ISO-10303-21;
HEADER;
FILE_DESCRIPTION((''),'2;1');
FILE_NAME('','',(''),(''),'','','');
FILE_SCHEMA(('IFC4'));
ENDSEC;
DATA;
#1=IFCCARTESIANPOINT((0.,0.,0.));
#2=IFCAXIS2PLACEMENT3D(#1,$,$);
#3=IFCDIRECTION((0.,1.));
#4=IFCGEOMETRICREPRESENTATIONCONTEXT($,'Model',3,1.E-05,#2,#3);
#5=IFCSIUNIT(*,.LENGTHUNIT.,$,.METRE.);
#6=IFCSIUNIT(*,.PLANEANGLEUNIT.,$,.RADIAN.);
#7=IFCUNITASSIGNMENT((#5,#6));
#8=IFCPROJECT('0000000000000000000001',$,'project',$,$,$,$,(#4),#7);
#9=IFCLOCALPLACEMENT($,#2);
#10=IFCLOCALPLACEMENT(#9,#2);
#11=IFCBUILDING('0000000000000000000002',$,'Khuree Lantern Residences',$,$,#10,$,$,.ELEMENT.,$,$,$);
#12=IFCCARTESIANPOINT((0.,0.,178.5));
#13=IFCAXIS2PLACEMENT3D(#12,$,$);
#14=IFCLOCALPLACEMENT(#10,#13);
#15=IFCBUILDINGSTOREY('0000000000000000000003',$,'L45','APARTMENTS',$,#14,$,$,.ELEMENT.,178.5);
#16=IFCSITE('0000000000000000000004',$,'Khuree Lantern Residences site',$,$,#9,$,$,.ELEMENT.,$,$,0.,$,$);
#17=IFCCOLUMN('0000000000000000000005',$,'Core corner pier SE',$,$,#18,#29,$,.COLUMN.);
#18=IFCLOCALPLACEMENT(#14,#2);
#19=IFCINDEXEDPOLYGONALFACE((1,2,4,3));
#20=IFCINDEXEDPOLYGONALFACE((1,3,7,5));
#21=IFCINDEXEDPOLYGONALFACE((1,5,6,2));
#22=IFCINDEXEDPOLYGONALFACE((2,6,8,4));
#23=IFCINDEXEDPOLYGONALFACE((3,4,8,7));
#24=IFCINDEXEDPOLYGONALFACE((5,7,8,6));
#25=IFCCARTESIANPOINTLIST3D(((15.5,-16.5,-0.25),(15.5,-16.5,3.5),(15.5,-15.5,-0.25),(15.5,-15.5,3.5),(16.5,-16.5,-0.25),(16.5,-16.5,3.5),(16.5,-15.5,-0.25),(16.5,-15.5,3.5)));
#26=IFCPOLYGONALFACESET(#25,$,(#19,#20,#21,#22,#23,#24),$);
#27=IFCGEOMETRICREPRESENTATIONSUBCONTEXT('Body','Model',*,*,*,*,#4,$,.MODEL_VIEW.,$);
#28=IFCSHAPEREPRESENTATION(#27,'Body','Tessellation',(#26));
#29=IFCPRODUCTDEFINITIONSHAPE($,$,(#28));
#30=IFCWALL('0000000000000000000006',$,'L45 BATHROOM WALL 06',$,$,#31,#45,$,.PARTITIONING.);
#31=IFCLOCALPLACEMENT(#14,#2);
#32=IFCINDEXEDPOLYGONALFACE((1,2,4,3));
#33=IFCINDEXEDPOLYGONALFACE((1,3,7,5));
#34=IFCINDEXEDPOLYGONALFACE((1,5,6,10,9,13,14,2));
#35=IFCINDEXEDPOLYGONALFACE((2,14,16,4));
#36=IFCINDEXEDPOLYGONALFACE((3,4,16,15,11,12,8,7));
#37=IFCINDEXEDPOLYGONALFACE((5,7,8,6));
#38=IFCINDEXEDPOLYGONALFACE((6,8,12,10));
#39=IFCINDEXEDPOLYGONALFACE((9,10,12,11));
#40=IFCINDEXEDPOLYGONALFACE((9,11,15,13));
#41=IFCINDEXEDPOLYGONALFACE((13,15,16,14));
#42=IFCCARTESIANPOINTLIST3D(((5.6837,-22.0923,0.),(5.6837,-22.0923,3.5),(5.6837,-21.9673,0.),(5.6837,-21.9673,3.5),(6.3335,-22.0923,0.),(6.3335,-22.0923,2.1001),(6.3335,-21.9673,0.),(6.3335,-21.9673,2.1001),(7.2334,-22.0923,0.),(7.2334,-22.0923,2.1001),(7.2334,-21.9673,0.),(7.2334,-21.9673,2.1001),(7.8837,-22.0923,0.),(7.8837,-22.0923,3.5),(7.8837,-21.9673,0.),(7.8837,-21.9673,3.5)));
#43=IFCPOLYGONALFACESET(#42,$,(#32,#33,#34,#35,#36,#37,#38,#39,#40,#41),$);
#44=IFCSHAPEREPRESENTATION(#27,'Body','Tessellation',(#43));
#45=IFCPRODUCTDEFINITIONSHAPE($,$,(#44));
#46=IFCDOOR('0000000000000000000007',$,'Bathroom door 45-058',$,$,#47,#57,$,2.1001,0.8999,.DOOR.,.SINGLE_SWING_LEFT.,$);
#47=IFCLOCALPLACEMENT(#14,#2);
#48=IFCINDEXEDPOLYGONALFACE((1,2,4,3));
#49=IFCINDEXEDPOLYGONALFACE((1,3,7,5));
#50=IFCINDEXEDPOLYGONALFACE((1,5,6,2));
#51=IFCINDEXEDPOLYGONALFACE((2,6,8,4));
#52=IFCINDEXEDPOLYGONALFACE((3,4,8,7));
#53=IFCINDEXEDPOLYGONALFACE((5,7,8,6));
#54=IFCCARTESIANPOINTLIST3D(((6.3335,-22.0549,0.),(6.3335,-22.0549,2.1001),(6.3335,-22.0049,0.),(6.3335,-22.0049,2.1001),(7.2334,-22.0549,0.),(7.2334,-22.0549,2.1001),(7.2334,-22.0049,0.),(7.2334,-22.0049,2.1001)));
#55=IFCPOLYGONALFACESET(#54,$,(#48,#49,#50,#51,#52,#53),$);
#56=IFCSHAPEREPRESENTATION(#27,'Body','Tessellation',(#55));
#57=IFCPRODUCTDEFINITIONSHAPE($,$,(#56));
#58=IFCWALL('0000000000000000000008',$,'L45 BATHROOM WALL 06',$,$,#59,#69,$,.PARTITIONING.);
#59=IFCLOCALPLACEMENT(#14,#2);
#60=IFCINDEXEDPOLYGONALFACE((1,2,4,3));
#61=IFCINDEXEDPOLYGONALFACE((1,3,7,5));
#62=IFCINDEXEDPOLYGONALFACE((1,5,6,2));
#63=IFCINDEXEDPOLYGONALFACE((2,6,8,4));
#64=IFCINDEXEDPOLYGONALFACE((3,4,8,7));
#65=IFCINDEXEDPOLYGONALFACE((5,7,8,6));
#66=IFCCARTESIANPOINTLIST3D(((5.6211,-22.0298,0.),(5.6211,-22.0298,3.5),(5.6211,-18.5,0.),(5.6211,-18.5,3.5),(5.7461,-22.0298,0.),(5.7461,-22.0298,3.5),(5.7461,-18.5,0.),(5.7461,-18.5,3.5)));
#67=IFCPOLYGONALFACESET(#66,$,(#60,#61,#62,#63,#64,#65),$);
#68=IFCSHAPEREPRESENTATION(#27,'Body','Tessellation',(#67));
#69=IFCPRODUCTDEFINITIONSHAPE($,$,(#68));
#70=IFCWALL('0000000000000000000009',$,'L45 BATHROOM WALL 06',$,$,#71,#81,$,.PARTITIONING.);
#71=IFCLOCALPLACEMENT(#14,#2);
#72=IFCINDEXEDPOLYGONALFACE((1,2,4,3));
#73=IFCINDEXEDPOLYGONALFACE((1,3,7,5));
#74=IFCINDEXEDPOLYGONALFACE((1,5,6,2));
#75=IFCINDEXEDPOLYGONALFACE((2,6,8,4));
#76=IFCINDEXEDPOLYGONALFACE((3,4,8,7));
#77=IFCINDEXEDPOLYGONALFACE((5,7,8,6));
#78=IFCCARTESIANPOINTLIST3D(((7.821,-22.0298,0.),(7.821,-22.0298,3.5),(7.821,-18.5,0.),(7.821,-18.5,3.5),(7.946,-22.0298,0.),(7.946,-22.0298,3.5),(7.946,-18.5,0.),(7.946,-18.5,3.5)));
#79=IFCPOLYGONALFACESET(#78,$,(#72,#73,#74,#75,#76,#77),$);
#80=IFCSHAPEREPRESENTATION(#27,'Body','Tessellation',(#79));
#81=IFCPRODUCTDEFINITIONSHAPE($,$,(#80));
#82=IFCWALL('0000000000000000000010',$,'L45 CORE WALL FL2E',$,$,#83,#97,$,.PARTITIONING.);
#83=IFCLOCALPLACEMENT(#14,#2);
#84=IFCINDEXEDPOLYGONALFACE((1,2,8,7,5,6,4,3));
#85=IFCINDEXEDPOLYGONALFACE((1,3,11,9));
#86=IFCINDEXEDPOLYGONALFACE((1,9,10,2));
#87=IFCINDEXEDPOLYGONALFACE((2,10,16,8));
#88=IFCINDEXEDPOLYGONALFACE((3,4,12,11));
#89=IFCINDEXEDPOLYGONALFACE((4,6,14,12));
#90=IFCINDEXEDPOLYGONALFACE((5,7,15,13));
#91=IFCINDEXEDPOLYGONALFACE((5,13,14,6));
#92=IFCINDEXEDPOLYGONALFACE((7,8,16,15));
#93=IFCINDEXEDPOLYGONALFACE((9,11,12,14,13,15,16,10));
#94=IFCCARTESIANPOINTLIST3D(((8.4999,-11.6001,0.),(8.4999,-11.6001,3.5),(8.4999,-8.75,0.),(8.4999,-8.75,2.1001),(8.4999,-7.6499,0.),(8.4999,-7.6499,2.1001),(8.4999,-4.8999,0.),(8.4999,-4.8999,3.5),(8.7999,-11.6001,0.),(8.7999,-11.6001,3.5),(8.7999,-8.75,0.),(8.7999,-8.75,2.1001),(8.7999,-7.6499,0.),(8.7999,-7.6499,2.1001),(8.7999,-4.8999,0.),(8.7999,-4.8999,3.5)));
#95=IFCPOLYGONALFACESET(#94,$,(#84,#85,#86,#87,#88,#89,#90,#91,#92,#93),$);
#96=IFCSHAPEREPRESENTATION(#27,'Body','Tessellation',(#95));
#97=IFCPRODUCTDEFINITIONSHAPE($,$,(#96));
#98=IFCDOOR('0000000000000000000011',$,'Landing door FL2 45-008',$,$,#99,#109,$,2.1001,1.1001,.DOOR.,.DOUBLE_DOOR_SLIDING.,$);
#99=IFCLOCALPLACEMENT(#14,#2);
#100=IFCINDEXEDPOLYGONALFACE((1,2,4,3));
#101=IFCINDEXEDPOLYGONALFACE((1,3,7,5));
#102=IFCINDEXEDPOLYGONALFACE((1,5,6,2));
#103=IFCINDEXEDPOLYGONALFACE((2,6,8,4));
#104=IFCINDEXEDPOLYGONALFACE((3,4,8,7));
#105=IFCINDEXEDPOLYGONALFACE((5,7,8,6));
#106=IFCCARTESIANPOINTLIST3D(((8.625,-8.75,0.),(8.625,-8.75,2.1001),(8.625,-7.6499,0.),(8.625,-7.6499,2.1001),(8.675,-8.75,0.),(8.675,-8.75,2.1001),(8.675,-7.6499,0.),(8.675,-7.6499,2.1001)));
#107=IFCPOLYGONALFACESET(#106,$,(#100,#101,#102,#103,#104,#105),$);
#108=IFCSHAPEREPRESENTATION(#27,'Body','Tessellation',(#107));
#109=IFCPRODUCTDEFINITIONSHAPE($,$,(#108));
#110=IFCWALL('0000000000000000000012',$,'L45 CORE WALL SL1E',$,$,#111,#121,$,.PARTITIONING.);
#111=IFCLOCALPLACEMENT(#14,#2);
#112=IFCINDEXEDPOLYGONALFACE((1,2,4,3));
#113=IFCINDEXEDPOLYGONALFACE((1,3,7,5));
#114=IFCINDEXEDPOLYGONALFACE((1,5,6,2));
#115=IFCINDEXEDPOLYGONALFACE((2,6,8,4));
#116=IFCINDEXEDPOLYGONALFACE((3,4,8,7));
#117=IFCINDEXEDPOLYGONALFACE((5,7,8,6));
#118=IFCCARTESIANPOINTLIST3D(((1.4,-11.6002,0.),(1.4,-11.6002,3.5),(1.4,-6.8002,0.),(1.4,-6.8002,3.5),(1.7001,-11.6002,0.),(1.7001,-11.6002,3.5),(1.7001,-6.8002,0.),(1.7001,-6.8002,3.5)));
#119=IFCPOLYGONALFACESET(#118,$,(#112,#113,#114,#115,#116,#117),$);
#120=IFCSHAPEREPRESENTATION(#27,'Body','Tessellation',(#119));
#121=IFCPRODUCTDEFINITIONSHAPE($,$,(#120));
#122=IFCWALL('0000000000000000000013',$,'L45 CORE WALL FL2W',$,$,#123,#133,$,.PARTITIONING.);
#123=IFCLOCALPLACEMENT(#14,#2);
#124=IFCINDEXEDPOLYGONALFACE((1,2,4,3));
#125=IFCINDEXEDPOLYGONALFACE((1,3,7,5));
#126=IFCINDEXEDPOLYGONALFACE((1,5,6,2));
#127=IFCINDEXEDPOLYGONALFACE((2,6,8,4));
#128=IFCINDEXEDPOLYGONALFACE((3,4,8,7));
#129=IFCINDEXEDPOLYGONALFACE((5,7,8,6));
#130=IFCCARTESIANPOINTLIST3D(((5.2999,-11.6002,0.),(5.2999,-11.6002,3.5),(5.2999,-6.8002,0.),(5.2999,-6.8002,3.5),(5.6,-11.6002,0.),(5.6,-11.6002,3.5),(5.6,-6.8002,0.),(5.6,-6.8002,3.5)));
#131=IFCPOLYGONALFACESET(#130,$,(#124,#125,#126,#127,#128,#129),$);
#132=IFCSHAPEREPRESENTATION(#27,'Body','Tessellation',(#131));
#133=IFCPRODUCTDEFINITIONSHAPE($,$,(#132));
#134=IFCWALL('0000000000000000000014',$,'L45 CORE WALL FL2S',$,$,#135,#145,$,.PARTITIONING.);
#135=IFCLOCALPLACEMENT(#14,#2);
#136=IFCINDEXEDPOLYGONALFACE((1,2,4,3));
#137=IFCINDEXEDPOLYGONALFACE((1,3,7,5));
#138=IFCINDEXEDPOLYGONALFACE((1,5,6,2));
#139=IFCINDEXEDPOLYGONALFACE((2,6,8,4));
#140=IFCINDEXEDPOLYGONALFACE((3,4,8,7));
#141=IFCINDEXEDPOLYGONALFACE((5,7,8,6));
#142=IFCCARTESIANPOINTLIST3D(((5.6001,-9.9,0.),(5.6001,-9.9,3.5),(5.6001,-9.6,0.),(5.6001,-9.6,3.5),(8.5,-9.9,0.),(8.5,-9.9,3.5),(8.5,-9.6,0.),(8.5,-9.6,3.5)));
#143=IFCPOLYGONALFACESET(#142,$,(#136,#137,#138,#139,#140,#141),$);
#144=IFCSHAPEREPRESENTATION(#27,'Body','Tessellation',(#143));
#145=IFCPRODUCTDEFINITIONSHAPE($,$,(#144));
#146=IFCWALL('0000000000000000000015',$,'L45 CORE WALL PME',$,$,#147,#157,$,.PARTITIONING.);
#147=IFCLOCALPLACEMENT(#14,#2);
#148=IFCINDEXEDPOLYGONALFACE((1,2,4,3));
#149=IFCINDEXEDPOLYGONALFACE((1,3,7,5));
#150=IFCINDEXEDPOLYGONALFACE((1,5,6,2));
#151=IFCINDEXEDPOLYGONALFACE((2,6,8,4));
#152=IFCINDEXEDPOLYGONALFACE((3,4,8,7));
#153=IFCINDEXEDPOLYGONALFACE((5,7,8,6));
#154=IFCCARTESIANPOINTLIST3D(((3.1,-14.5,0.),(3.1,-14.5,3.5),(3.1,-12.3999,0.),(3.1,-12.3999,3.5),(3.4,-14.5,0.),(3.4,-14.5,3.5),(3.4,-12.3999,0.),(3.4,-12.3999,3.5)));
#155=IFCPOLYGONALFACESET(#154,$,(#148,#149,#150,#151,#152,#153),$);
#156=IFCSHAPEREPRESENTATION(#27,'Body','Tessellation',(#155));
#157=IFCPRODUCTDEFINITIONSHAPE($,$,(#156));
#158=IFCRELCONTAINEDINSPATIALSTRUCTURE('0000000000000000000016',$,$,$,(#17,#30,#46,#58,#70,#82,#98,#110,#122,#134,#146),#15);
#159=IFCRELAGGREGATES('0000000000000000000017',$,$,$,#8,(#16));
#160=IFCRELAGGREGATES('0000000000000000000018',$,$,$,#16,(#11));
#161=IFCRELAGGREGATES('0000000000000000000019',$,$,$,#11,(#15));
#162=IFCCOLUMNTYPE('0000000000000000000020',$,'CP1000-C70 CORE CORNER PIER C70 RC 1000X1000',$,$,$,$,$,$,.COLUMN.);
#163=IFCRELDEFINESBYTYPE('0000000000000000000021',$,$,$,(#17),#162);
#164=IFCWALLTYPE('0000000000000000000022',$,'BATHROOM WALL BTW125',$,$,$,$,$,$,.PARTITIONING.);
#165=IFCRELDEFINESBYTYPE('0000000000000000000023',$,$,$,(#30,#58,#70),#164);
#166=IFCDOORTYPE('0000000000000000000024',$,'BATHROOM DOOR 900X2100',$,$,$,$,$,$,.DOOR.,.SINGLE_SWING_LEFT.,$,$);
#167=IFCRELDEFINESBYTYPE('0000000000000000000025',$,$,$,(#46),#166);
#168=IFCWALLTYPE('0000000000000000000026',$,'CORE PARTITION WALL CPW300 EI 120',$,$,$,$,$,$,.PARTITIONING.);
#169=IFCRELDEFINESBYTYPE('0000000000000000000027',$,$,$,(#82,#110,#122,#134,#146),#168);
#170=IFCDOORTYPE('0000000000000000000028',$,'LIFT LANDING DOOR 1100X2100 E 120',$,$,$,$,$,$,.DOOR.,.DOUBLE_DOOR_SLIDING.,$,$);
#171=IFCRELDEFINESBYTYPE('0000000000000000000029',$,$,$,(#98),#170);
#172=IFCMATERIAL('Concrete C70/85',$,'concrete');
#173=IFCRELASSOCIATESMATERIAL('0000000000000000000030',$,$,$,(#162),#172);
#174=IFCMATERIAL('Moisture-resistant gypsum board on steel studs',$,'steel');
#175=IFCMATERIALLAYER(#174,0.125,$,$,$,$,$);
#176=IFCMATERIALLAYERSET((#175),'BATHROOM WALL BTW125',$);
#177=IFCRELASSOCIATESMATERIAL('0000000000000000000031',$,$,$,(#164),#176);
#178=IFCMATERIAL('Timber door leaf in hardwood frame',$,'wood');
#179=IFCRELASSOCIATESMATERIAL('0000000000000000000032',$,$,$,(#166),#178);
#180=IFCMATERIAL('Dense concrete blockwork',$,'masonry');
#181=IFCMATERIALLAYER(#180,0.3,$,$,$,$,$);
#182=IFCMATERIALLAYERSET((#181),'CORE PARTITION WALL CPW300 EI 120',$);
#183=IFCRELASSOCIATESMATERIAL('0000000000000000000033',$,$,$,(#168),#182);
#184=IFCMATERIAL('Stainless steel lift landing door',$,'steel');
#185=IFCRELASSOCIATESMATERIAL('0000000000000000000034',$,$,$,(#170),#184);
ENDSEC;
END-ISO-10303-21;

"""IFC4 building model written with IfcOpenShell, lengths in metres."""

from ifc_helpers import new_model, si_unit, direction, frame, frame_2d, origin, origin_2d, place, context, subcontext, project, spatial, rectangle, extrude, material, layer, layer_set, material_profile, profile_set, type_object, element, fill, save


model = new_model("IFC4")

# Units and contexts
model_context = context("Model", 3, precision=1e-05, world=origin(), true_north=direction((0.0, 1.0)))
body_context = subcontext(model_context, "Body", "Model", "MODEL_VIEW")
ifc_project = project(units=[si_unit("LENGTHUNIT", "METRE"), si_unit("PLANEANGLEUNIT", "RADIAN")], contexts=[model_context])

# Site, building, storey
site_placement = place(None, origin())
site = spatial("IfcSite", under=ifc_project, at=site_placement, Name="Khuree Lantern Residences site", CompositionType="ELEMENT", RefElevation=0.0)
building_placement = place(site_placement, origin())
building = spatial("IfcBuilding", under=site, at=building_placement, Name="Khuree Lantern Residences", CompositionType="ELEMENT")
storey_placement = place(building_placement, frame((0.0, 0.0, 178.5)))
storey = spatial("IfcBuildingStorey", under=building, at=storey_placement, Name="L45", Description="APARTMENTS", CompositionType="ELEMENT", Elevation=178.5)

# Column
ifc_material_1 = material(Name="Concrete C70/85", Category="concrete")
ifc_material_profile = material_profile(ifc_material_1, rectangle(XDim=1.0, YDim=1.0, at=origin_2d()), Name="RC 1000X1000")
ifc_profile_set = profile_set([ifc_material_profile], Name="Concrete C70/85")
column_type = type_object("IfcColumnType", Name="CP1000-C70 CORE CORNER PIER C70 RC 1000X1000", PredefinedType="COLUMN", material=ifc_profile_set)
column_placement = place(storey_placement, frame((16.0, -16.0, -0.25), z_axis=(0.0, 0.0, 1.0), x_axis=(1.0, 0.0, 0.0)))
element("IfcColumn", 1, at=column_placement, inside=storey, type_object=column_type, Name="Core corner pier SE", PredefinedType="COLUMN", context=body_context, shape_type="SweptSolid", body=[
    extrude(rectangle(XDim=1.0, YDim=1.0, at=origin_2d()), origin(), (0.0, 0.0, 1.0), 3.75),
])

# Wall, opening, door
ifc_material_2 = material(Name="Moisture-resistant gypsum board on steel studs", Category="steel")
ifc_layer_1 = layer(ifc_material_2, 0.125)
ifc_layer_set_1 = layer_set([ifc_layer_1], Name="BATHROOM WALL BTW125")
wall_type_1 = type_object("IfcWallType", Name="BATHROOM WALL BTW125", PredefinedType="PARTITIONING", material=ifc_layer_set_1)
wall_1_placement = place(storey_placement, frame((5.6836, -22.0298, 0.0), z_axis=(0.0, 0.0, 1.0), x_axis=(1.0, 0.0, 0.0)))
wall_1 = element("IfcWall", 2, at=wall_1_placement, inside=storey, type_object=wall_type_1, Name="L45 BATHROOM WALL 06", PredefinedType="PARTITIONING", context=body_context, shape_type="SweptSolid", body=[
    extrude(rectangle(XDim=2.2, YDim=0.125, at=frame_2d((1.1001, 0.0))), origin(), (0.0, 0.0, 1.0), 3.5),
])
opening_1_placement = place(wall_1_placement, frame((0.6499, 0.0, 0.0)))
opening_1 = element("IfcOpeningElement", 3, at=opening_1_placement, cuts=wall_1, PredefinedType="OPENING", context=body_context, shape_type="SweptSolid", body=[
    extrude(rectangle(XDim=0.8999, YDim=2.1001, at=frame_2d((0.45, 1.05))), frame((0.0, 0.0725, 0.0), z_axis=(0.0, -1.0, 0.0), x_axis=(1.0, 0.0, 0.0)), (0.0, 0.0, 1.0), 0.145),
])
ifc_material_3 = material(Name="Timber door leaf in hardwood frame", Category="wood")
door_type_1 = type_object("IfcDoorType", Name="BATHROOM DOOR 900X2100", OperationType="SINGLE_SWING_LEFT", PredefinedType="DOOR", material=ifc_material_3)
door_1_placement = place(opening_1_placement, origin())
door_1 = element("IfcDoor", 4, at=door_1_placement, inside=storey, type_object=door_type_1, Name="Bathroom door 45-058", OperationType="SINGLE_SWING_LEFT", OverallHeight=2.1001, OverallWidth=0.8999, PredefinedType="DOOR", context=body_context, shape_type="SweptSolid", body=[
    extrude(rectangle(XDim=0.8999, YDim=2.1001, at=frame_2d((0.45, 1.05))), frame((0.0, 0.0249, 0.0), z_axis=(0.0, -1.0, 0.0), x_axis=(1.0, 0.0, 0.0)), (0.0, 0.0, 1.0), 0.05),
])
fill(opening_1, door_1)

# Walls
for number, where, z_axis, x_axis, name in (
    (5, (5.6836, -18.5, 0.0), (0.0, 0.0, 1.0), (0.0, -1.0, 0.0), "L45 BATHROOM WALL 06"),
    (6, (7.8835, -18.5, 0.0), (0.0, 0.0, 1.0), (0.0, -1.0, 0.0), "L45 BATHROOM WALL 06"),
):
    element("IfcWall", number, at=place(storey_placement, frame(where, z_axis=z_axis, x_axis=x_axis)), inside=storey, type_object=wall_type_1, Name=name, PredefinedType="PARTITIONING", context=body_context, shape_type="SweptSolid", body=[
        extrude(rectangle(XDim=3.5298, YDim=0.125, at=frame_2d((1.7649, 0.0))), origin(), (0.0, 0.0, 1.0), 3.5),
    ])

# Wall, opening, door
ifc_material_4 = material(Name="Dense concrete blockwork", Category="masonry")
ifc_layer_2 = layer(ifc_material_4, 0.3)
ifc_layer_set_2 = layer_set([ifc_layer_2], Name="CORE PARTITION WALL CPW300 EI 120")
wall_type_2 = type_object("IfcWallType", Name="CORE PARTITION WALL CPW300 EI 120", PredefinedType="PARTITIONING", material=ifc_layer_set_2)
wall_2_placement = place(storey_placement, frame((8.6499, -11.6001, 0.0), z_axis=(0.0, 0.0, 1.0), x_axis=(0.0, 1.0, 0.0)))
wall_2 = element("IfcWall", 7, at=wall_2_placement, inside=storey, type_object=wall_type_2, Name="L45 CORE WALL FL2E", PredefinedType="PARTITIONING", context=body_context, shape_type="SweptSolid", body=[
    extrude(rectangle(XDim=6.7002, YDim=0.3, at=frame_2d((3.3501, 0.0))), origin(), (0.0, 0.0, 1.0), 3.5),
])
opening_2_placement = place(wall_2_placement, frame((2.8501, 0.0, 0.0)))
opening_2 = element("IfcOpeningElement", 8, at=opening_2_placement, cuts=wall_2, PredefinedType="OPENING", context=body_context, shape_type="SweptSolid", body=[
    extrude(rectangle(XDim=1.1001, YDim=2.1001, at=frame_2d((0.55, 1.05))), frame((0.0, 0.1602, 0.0), z_axis=(0.0, -1.0, 0.0), x_axis=(1.0, 0.0, 0.0)), (0.0, 0.0, 1.0), 0.3201),
])
ifc_material_5 = material(Name="Stainless steel lift landing door", Category="steel")
door_type_2 = type_object("IfcDoorType", Name="LIFT LANDING DOOR 1100X2100 E 120", OperationType="DOUBLE_DOOR_SLIDING", PredefinedType="DOOR", material=ifc_material_5)
door_2_placement = place(opening_2_placement, origin())
door_2 = element("IfcDoor", 9, at=door_2_placement, inside=storey, type_object=door_type_2, Name="Landing door FL2 45-008", OperationType="DOUBLE_DOOR_SLIDING", OverallHeight=2.1001, OverallWidth=1.1001, PredefinedType="DOOR", context=body_context, shape_type="SweptSolid", body=[
    extrude(rectangle(XDim=1.1001, YDim=2.1001, at=frame_2d((0.55, 1.05))), frame((0.0, 0.0249, 0.0), z_axis=(0.0, -1.0, 0.0), x_axis=(1.0, 0.0, 0.0)), (0.0, 0.0, 1.0), 0.05),
])
fill(opening_2, door_2)

# Walls
for number, where, z_axis, x_axis, name in (
    (10, (1.55, -11.6001, 0.0), (0.0, 0.0, 1.0), (0.0, 1.0, 0.0), "L45 CORE WALL SL1E"),
    (11, (5.45, -11.6001, 0.0), (0.0, 0.0, 1.0), (0.0, 1.0, 0.0), "L45 CORE WALL FL2W"),
):
    element("IfcWall", number, at=place(storey_placement, frame(where, z_axis=z_axis, x_axis=x_axis)), inside=storey, type_object=wall_type_2, Name=name, PredefinedType="PARTITIONING", context=body_context, shape_type="SweptSolid", body=[
        extrude(rectangle(XDim=4.8, YDim=0.3, at=frame_2d((2.3999, 0.0))), origin(), (0.0, 0.0, 1.0), 3.5),
    ])
wall_3_placement = place(storey_placement, frame((5.6001, -9.75, 0.0), z_axis=(0.0, 0.0, 1.0), x_axis=(1.0, 0.0, 0.0)))
element("IfcWall", 12, at=wall_3_placement, inside=storey, type_object=wall_type_2, Name="L45 CORE WALL FL2S", PredefinedType="PARTITIONING", context=body_context, shape_type="SweptSolid", body=[
    extrude(rectangle(XDim=2.8999, YDim=0.3, at=frame_2d((1.45, 0.0))), origin(), (0.0, 0.0, 1.0), 3.5),
])
wall_4_placement = place(storey_placement, frame((3.25, -14.5, 0.0), z_axis=(0.0, 0.0, 1.0), x_axis=(0.0, 1.0, 0.0)))
element("IfcWall", 13, at=wall_4_placement, inside=storey, type_object=wall_type_2, Name="L45 CORE WALL PME", PredefinedType="PARTITIONING", context=body_context, shape_type="SweptSolid", body=[
    extrude(rectangle(XDim=2.1001, YDim=0.3, at=frame_2d((1.05, 0.0))), origin(), (0.0, 0.0, 1.0), 3.5),
])

save(model, "model.ifc")
